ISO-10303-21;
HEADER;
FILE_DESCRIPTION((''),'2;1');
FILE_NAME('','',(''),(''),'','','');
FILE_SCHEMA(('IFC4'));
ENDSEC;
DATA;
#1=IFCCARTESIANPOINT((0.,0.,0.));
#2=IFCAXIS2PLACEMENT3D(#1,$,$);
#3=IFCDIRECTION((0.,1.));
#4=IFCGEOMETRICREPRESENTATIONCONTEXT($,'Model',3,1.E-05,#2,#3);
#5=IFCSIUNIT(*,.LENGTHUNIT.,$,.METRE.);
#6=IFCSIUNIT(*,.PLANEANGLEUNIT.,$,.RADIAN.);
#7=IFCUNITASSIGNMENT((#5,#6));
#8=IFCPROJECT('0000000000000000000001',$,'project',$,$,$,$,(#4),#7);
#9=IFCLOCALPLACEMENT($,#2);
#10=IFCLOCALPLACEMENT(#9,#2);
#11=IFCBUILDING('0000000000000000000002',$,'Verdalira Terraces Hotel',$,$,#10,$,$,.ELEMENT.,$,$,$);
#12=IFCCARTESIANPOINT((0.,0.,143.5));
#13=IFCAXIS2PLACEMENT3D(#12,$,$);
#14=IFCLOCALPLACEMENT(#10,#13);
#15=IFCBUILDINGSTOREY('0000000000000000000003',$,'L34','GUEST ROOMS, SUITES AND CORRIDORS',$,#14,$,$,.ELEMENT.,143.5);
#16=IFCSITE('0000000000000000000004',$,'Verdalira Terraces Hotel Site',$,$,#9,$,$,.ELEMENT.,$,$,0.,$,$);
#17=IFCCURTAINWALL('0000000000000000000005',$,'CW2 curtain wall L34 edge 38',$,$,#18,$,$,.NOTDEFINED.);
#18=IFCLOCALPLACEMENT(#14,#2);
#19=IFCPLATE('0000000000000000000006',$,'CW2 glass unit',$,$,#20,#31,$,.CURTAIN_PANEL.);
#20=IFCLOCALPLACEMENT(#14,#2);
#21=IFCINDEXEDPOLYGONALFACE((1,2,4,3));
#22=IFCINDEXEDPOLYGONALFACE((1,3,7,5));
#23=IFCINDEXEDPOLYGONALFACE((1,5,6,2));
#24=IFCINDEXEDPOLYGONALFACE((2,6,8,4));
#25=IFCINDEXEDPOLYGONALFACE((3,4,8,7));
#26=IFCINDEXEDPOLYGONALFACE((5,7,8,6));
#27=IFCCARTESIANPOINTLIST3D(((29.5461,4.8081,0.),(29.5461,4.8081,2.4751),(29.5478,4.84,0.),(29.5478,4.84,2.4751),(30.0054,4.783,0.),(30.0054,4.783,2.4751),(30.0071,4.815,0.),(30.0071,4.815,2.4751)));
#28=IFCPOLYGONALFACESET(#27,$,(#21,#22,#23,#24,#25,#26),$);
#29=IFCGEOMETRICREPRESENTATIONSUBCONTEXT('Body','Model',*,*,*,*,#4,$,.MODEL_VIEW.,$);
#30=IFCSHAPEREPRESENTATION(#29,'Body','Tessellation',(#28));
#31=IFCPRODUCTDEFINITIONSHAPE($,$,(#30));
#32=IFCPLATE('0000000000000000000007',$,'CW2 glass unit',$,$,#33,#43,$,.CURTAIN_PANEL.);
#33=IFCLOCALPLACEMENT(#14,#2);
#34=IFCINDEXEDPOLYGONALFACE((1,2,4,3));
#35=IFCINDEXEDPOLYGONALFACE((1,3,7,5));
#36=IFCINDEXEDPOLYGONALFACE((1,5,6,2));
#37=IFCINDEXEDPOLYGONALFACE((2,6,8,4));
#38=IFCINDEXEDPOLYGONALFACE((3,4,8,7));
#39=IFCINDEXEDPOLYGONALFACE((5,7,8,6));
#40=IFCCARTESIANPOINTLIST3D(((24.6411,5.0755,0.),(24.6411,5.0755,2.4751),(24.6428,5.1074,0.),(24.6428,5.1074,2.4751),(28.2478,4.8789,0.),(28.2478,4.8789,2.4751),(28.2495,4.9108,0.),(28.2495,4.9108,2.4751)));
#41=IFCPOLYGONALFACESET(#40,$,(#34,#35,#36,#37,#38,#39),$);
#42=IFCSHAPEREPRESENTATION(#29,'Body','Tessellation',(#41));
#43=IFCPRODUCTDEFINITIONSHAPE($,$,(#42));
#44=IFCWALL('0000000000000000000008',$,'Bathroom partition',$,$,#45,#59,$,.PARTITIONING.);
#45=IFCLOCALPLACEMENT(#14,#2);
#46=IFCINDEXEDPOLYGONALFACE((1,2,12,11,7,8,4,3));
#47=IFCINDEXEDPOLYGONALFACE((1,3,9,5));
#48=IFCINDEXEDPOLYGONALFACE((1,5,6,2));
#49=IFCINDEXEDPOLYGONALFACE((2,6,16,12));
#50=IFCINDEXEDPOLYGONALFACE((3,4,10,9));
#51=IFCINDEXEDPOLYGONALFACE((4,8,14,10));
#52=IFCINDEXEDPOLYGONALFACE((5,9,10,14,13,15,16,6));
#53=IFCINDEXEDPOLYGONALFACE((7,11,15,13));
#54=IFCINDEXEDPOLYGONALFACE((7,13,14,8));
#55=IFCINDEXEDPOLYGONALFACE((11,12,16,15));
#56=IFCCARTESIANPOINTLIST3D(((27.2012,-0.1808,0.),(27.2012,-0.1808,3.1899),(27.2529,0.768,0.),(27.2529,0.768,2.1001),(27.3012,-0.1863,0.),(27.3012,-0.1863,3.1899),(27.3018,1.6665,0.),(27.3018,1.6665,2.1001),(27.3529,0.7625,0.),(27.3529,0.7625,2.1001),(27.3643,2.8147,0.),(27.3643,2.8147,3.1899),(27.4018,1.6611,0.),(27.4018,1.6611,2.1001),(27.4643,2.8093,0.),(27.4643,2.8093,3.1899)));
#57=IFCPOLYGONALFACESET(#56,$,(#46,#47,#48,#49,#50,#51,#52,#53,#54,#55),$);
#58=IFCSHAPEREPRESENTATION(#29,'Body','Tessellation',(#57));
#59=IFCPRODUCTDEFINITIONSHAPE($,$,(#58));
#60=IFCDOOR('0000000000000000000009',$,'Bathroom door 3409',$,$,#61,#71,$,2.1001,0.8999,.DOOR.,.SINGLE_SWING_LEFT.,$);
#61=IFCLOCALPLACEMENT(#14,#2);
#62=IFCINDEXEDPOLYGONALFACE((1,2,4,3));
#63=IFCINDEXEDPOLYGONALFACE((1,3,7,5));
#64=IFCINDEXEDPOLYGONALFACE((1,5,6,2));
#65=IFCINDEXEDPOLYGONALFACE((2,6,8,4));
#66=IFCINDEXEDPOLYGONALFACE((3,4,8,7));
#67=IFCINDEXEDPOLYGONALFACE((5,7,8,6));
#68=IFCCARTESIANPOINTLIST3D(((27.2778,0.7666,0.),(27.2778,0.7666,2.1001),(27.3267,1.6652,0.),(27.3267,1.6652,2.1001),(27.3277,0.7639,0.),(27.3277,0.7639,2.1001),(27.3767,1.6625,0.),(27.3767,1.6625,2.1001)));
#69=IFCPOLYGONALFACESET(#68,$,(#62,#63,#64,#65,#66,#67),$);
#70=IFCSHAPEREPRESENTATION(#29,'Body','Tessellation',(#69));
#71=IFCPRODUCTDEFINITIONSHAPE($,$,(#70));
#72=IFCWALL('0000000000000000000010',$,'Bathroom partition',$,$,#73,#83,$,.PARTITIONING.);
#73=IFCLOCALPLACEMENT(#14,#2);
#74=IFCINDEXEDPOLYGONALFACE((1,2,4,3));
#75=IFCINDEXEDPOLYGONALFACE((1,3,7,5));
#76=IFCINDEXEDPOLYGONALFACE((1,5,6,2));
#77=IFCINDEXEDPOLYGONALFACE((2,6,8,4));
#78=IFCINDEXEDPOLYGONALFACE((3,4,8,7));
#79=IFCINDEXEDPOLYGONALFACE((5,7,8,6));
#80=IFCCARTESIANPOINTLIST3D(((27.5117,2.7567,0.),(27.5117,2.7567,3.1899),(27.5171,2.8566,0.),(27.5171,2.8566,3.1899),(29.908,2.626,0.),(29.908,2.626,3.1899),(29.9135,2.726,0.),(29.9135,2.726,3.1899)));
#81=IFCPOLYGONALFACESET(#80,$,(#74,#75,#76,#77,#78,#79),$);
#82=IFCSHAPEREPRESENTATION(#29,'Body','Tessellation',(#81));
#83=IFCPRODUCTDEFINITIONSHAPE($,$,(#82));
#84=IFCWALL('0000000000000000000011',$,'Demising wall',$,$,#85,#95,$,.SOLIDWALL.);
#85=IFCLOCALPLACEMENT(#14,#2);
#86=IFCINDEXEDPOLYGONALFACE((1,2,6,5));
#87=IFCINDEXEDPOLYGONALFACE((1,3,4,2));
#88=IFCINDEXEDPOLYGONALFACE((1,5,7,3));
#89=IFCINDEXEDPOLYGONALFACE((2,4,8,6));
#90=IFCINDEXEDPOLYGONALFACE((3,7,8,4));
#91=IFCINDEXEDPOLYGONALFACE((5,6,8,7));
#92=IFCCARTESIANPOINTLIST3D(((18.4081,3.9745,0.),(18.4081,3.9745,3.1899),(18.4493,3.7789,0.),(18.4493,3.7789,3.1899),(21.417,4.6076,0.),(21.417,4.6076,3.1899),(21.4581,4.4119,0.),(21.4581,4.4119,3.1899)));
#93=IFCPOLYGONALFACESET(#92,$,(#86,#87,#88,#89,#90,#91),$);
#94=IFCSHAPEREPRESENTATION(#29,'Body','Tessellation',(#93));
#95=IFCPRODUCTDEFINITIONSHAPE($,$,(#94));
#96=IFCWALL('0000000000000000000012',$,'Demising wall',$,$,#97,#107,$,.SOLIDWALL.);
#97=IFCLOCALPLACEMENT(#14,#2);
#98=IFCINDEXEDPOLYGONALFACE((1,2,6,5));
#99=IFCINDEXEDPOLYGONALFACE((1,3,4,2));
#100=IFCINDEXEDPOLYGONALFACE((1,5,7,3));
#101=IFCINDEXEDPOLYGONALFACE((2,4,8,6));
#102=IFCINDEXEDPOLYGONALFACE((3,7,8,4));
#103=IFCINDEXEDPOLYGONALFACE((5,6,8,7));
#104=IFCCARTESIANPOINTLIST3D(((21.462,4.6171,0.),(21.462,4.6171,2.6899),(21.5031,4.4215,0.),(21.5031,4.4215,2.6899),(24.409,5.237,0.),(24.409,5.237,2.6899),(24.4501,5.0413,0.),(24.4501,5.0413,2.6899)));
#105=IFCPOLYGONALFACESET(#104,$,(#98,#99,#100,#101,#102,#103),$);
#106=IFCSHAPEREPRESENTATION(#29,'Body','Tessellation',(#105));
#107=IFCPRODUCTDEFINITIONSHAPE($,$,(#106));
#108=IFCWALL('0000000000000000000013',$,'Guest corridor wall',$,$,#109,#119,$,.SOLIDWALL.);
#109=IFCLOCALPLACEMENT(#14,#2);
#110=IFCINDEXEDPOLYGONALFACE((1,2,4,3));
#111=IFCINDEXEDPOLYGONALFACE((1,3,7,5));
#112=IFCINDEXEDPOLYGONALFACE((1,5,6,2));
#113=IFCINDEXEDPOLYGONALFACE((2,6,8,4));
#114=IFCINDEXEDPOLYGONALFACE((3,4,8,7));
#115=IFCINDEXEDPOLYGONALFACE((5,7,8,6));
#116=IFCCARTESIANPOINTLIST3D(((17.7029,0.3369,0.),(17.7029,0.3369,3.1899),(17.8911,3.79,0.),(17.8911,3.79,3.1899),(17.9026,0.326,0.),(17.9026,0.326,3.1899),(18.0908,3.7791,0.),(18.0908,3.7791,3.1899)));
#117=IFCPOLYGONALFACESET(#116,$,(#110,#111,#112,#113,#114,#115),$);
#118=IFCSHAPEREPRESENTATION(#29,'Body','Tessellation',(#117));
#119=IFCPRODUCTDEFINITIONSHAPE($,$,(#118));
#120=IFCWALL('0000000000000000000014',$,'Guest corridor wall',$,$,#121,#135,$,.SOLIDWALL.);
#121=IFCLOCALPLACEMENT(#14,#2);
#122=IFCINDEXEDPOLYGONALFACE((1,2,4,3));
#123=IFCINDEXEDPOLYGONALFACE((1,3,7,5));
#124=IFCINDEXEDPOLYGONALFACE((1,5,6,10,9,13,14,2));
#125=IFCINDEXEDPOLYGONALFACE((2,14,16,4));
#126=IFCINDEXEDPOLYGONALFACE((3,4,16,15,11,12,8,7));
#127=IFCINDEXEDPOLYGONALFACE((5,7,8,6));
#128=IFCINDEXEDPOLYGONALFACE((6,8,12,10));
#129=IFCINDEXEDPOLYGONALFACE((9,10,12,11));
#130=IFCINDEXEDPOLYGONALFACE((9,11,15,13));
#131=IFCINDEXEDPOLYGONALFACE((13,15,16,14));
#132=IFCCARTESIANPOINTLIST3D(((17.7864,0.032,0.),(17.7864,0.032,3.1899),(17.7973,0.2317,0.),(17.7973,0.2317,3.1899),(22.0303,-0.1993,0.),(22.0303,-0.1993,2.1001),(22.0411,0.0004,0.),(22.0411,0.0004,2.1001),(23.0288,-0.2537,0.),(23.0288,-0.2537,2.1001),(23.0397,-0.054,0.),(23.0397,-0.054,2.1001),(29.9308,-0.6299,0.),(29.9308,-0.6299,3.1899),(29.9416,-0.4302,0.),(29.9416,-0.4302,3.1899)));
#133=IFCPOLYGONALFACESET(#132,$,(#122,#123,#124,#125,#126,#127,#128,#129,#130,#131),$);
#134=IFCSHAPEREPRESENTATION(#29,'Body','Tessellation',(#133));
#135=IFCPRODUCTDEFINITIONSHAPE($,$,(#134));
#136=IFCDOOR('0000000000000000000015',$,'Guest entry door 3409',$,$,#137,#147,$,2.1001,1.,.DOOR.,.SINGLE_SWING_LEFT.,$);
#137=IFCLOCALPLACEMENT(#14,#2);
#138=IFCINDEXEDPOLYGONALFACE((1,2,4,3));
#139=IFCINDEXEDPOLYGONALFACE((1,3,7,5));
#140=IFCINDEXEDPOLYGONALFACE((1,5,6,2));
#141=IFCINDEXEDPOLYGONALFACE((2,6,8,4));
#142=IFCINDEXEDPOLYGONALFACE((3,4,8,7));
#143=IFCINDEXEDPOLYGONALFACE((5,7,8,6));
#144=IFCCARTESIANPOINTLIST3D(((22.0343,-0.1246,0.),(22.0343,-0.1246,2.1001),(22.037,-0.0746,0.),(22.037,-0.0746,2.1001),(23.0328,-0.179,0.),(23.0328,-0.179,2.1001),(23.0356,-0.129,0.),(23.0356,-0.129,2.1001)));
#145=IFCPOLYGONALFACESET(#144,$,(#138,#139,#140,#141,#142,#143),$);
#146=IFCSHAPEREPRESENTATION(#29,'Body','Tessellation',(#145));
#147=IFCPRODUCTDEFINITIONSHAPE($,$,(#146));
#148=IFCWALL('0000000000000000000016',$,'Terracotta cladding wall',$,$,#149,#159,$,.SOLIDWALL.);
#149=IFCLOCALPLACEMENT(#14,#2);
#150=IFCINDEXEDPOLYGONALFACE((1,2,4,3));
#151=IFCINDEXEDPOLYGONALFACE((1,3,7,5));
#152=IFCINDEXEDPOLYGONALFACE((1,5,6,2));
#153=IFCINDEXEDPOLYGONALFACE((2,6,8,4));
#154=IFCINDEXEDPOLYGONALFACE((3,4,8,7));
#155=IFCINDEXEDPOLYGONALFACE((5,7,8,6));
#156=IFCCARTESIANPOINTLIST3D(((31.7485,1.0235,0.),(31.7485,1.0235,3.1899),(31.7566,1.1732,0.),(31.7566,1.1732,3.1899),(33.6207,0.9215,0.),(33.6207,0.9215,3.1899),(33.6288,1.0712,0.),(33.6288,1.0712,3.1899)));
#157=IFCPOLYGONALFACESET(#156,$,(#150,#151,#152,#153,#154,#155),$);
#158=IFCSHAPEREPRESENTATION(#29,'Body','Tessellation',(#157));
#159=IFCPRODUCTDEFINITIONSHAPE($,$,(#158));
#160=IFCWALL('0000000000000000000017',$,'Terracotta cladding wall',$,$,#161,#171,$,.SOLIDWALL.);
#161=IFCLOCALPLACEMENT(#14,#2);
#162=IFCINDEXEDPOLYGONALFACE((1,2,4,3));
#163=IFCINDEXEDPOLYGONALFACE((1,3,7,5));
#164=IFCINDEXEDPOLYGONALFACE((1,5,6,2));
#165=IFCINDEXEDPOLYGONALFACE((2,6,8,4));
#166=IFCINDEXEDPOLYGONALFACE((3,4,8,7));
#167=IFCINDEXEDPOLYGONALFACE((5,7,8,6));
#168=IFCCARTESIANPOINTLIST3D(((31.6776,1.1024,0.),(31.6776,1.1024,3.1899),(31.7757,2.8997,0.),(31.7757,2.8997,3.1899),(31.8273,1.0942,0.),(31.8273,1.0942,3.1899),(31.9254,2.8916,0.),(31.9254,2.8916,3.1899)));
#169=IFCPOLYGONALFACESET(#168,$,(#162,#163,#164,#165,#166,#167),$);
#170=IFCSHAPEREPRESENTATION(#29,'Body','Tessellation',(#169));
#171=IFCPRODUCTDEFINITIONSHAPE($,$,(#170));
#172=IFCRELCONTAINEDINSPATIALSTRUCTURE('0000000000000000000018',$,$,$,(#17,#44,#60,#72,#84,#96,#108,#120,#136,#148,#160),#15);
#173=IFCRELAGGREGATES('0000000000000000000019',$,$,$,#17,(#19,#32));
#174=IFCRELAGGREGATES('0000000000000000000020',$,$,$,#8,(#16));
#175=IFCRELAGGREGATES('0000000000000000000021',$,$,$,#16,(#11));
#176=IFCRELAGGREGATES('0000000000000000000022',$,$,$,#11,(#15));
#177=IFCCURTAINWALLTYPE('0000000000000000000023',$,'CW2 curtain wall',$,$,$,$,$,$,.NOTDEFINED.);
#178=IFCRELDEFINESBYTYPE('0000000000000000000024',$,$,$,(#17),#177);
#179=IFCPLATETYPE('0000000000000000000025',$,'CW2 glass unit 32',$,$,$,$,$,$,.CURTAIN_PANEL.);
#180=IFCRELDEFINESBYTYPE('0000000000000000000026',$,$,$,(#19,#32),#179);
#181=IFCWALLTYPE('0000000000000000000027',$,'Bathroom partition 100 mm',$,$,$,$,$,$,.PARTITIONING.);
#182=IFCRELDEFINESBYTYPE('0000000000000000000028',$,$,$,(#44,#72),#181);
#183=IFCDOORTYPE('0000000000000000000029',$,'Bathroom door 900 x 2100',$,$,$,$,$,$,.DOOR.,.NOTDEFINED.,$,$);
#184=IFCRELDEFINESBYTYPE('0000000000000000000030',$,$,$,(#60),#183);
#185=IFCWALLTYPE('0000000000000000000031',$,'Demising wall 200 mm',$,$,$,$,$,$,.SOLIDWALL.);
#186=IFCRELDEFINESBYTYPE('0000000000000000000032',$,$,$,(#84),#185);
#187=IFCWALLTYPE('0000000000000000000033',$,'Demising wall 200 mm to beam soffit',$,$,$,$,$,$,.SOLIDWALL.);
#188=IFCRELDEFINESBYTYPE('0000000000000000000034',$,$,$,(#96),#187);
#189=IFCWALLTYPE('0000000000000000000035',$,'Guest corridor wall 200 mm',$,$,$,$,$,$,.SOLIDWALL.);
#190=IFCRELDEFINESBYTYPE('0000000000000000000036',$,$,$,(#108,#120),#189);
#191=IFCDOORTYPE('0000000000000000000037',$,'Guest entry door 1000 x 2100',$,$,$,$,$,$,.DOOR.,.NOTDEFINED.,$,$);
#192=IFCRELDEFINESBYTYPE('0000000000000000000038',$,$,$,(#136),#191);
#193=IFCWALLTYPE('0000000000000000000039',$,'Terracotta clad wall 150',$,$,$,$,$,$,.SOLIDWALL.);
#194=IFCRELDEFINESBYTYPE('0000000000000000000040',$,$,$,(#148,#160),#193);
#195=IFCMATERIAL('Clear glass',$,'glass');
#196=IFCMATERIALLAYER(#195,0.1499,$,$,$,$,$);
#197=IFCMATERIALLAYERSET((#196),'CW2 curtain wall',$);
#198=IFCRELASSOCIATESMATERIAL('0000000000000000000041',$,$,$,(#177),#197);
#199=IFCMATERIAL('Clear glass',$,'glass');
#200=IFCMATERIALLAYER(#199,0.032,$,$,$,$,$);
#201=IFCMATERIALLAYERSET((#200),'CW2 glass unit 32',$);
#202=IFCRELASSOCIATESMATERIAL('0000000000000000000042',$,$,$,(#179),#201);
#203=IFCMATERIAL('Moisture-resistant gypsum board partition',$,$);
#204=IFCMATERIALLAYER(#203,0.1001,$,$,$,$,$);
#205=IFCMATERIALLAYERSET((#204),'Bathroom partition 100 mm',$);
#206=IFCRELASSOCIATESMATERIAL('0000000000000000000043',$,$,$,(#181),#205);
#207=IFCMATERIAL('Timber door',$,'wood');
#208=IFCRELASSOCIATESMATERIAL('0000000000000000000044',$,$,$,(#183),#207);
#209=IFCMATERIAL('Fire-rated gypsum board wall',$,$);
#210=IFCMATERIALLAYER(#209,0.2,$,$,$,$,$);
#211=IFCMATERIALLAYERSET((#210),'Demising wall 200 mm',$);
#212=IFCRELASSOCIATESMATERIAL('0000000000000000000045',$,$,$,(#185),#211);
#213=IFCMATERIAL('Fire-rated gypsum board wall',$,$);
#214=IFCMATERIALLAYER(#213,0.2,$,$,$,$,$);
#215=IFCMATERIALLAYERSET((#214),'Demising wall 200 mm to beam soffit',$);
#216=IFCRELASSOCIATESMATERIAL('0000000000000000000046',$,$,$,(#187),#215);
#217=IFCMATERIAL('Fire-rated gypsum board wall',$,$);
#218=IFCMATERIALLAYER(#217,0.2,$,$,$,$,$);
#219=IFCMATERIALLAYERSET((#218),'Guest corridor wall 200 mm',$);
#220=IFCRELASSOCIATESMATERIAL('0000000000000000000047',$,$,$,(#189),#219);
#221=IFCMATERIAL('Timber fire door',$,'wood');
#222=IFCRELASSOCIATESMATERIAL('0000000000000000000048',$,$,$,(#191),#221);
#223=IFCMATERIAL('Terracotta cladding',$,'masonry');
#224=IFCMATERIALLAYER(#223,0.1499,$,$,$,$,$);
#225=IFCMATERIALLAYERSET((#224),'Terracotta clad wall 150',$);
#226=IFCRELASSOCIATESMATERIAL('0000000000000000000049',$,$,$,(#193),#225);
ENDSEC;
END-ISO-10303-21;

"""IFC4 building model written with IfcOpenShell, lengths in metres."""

from ifc_helpers import new_model, si_unit, direction, frame, frame_2d, origin, origin_2d, place, context, subcontext, project, spatial, rectangle, extrude, material, layer, layer_set, type_object, element, fill, aggregate, save


model = new_model("IFC4")

# Units and contexts
model_context = context("Model", 3, precision=1e-05, world=origin(), true_north=direction((0.0, 1.0)))
body_context = subcontext(model_context, "Body", "Model", "MODEL_VIEW")
ifc_project = project(units=[si_unit("LENGTHUNIT", "METRE"), si_unit("PLANEANGLEUNIT", "RADIAN")], contexts=[model_context])

# Site, building, storey
site_placement = place(None, origin())
site = spatial("IfcSite", under=ifc_project, at=site_placement, Name="Verdalira Terraces Hotel Site", CompositionType="ELEMENT", RefElevation=0.0)
building_placement = place(site_placement, origin())
building = spatial("IfcBuilding", under=site, at=building_placement, Name="Verdalira Terraces Hotel", CompositionType="ELEMENT")
storey_placement = place(building_placement, frame((0.0, 0.0, 143.5)))
storey = spatial("IfcBuildingStorey", under=building, at=storey_placement, Name="L34", Description="GUEST ROOMS, SUITES AND CORRIDORS", CompositionType="ELEMENT", Elevation=143.5)

# Curtain wall
ifc_material_1 = material(Name="Clear glass", Category="glass")
ifc_layer_1 = layer(ifc_material_1, 0.1499)
ifc_layer_set_1 = layer_set([ifc_layer_1], Name="CW2 curtain wall")
curtain_wall_type_1 = type_object("IfcCurtainWallType", Name="CW2 curtain wall", PredefinedType="NOTDEFINED", material=ifc_layer_set_1)
curtain_wall_1_placement = place(storey_placement, origin())
curtain_wall_1 = element("IfcCurtainWall", 1, at=curtain_wall_1_placement, inside=storey, type_object=curtain_wall_type_1, Name="CW2 curtain wall L34 edge 38", PredefinedType="NOTDEFINED")

# Plates
ifc_material_2 = material(Name="Clear glass", Category="glass")
ifc_layer_2 = layer(ifc_material_2, 0.032)
ifc_layer_set_2 = layer_set([ifc_layer_2], Name="CW2 glass unit 32")
plate_type = type_object("IfcPlateType", Name="CW2 glass unit 32", PredefinedType="CURTAIN_PANEL", material=ifc_layer_set_2)
plate_1_placement = place(storey_placement, frame((29.7766, 4.8115, 0.0), z_axis=(0.0, 0.0, 1.0), x_axis=(-0.998518, 0.054427, 0.0)))
plate_1 = element("IfcPlate", 2, at=plate_1_placement, type_object=plate_type, Name="CW2 glass unit", PredefinedType="CURTAIN_PANEL", context=body_context, shape_type="SweptSolid", body=[
    extrude(rectangle(XDim=0.46, YDim=0.032, at=origin_2d()), origin(), (0.0, 0.0, 1.0), 2.4751),
])
plate_2_placement = place(storey_placement, frame((26.4453, 4.9932, 0.0), z_axis=(0.0, 0.0, 1.0), x_axis=(-0.998518, 0.054427, 0.0)))
plate_2 = element("IfcPlate", 3, at=plate_2_placement, type_object=plate_type, Name="CW2 glass unit", PredefinedType="CURTAIN_PANEL", context=body_context, shape_type="SweptSolid", body=[
    extrude(rectangle(XDim=3.6121, YDim=0.032, at=origin_2d()), origin(), (0.0, 0.0, 1.0), 2.4751),
])
aggregate(curtain_wall_1, [plate_1, plate_2])

# Wall, opening, door
ifc_material_3 = material(Name="Moisture-resistant gypsum board partition")
ifc_layer_3 = layer(ifc_material_3, 0.1001)
ifc_layer_set_3 = layer_set([ifc_layer_3], Name="Bathroom partition 100 mm")
wall_type_1 = type_object("IfcWallType", Name="Bathroom partition 100 mm", PredefinedType="PARTITIONING", material=ifc_layer_set_3)
wall_1_placement = place(storey_placement, frame((27.4143, 2.812, 0.0), z_axis=(0.0, 0.0, 1.0), x_axis=(-0.054361, -0.998521, 0.0)))
wall_1 = element("IfcWall", 4, at=wall_1_placement, inside=storey, type_object=wall_type_1, Name="Bathroom partition", PredefinedType="PARTITIONING", context=body_context, shape_type="SweptSolid", body=[
    extrude(rectangle(XDim=3.0, YDim=0.1001, at=frame_2d((1.5, 0.0))), origin(), (0.0, 0.0, 1.0), 3.1899),
])
opening_1_placement = place(wall_1_placement, frame((1.1499, 0.0, 0.0)))
opening_1 = element("IfcOpeningElement", 5, at=opening_1_placement, cuts=wall_1, PredefinedType="OPENING", context=body_context, shape_type="SweptSolid", body=[
    extrude(rectangle(XDim=0.8999, YDim=2.1001, at=frame_2d((0.45, 1.05))), frame((0.0, 0.0601, 0.0), z_axis=(0.0, -1.0, 0.0), x_axis=(1.0, 0.0, 0.0)), (0.0, 0.0, 1.0), 0.1201),
])
ifc_material_4 = material(Name="Timber door", Category="wood")
door_type_1 = type_object("IfcDoorType", Name="Bathroom door 900 x 2100", OperationType="NOTDEFINED", PredefinedType="DOOR", material=ifc_material_4)
door_1_placement = place(opening_1_placement, origin())
door_1 = element("IfcDoor", 6, at=door_1_placement, inside=storey, type_object=door_type_1, Name="Bathroom door 3409", OperationType="SINGLE_SWING_LEFT", OverallHeight=2.1001, OverallWidth=0.8999, PredefinedType="DOOR", context=body_context, shape_type="SweptSolid", body=[
    extrude(rectangle(XDim=0.8999, YDim=2.1001, at=frame_2d((0.45, 1.05))), frame((0.0, 0.0249, 0.0), z_axis=(0.0, -1.0, 0.0), x_axis=(1.0, 0.0, 0.0)), (0.0, 0.0, 1.0), 0.05),
])
fill(opening_1, door_1)

# Walls
wall_2_placement = place(storey_placement, frame((27.5144, 2.8066, 0.0), z_axis=(0.0, 0.0, 1.0), x_axis=(0.998518, -0.054428, 0.0)))
element("IfcWall", 7, at=wall_2_placement, inside=storey, type_object=wall_type_1, Name="Bathroom partition", PredefinedType="PARTITIONING", context=body_context, shape_type="SweptSolid", body=[
    extrude(rectangle(XDim=2.3999, YDim=0.1001, at=frame_2d((1.2, 0.0))), origin(), (0.0, 0.0, 1.0), 3.1899),
])
ifc_material_5 = material(Name="Fire-rated gypsum board wall")
ifc_layer_4 = layer(ifc_material_5, 0.2)
ifc_layer_set_4 = layer_set([ifc_layer_4], Name="Demising wall 200 mm")
wall_type_2 = type_object("IfcWallType", Name="Demising wall 200 mm", PredefinedType="SOLIDWALL", material=ifc_layer_set_4)
wall_3_placement = place(storey_placement, frame((18.4287, 3.8767, 0.0), z_axis=(0.0, 0.0, 1.0), x_axis=(0.978574, 0.205894, 0.0)))
element("IfcWall", 8, at=wall_3_placement, inside=storey, type_object=wall_type_2, Name="Demising wall", PredefinedType="SOLIDWALL", context=body_context, shape_type="SweptSolid", body=[
    extrude(rectangle(XDim=3.0747, YDim=0.2, at=frame_2d((1.5374, 0.0))), origin(), (0.0, 0.0, 1.0), 3.1899),
])
ifc_material_6 = material(Name="Fire-rated gypsum board wall")
ifc_layer_5 = layer(ifc_material_6, 0.2)
ifc_layer_set_5 = layer_set([ifc_layer_5], Name="Demising wall 200 mm to beam soffit")
wall_type_3 = type_object("IfcWallType", Name="Demising wall 200 mm to beam soffit", PredefinedType="SOLIDWALL", material=ifc_layer_set_5)
wall_4_placement = place(storey_placement, frame((21.4824, 4.5193, 0.0), z_axis=(0.0, 0.0, 1.0), x_axis=(0.978587, 0.205835, 0.0)))
element("IfcWall", 9, at=wall_4_placement, inside=storey, type_object=wall_type_3, Name="Demising wall", PredefinedType="SOLIDWALL", context=body_context, shape_type="SweptSolid", body=[
    extrude(rectangle(XDim=3.0115, YDim=0.2, at=frame_2d((1.5059, 0.0))), origin(), (0.0, 0.0, 1.0), 2.6899),
])
ifc_material_7 = material(Name="Fire-rated gypsum board wall")
ifc_layer_6 = layer(ifc_material_7, 0.2)
ifc_layer_set_6 = layer_set([ifc_layer_6], Name="Guest corridor wall 200 mm")
wall_type_4 = type_object("IfcWallType", Name="Guest corridor wall 200 mm", PredefinedType="SOLIDWALL", material=ifc_layer_set_6)
wall_5_placement = place(storey_placement, frame((17.8027, 0.3315, 0.0), z_axis=(0.0, 0.0, 1.0), x_axis=(0.05443, 0.998518, 0.0)))
element("IfcWall", 10, at=wall_5_placement, inside=storey, type_object=wall_type_4, Name="Guest corridor wall", PredefinedType="SOLIDWALL", context=body_context, shape_type="SweptSolid", body=[
    extrude(rectangle(XDim=3.4583, YDim=0.2, at=frame_2d((1.729, 0.0))), origin(), (0.0, 0.0, 1.0), 3.1899),
])

# Wall, opening, door
wall_6_placement = place(storey_placement, frame((17.792, 0.1318, 0.0), z_axis=(0.0, 0.0, 1.0), x_axis=(0.998518, -0.054419, 0.0)))
wall_6 = element("IfcWall", 11, at=wall_6_placement, inside=storey, type_object=wall_type_4, Name="Guest corridor wall", PredefinedType="SOLIDWALL", context=body_context, shape_type="SweptSolid", body=[
    extrude(rectangle(XDim=12.1624, YDim=0.2, at=frame_2d((6.0811, 0.0))), origin(), (0.0, 0.0, 1.0), 3.1899),
])
opening_2_placement = place(wall_6_placement, frame((4.25, 0.0, 0.0)))
opening_2 = element("IfcOpeningElement", 12, at=opening_2_placement, cuts=wall_6, PredefinedType="OPENING", context=body_context, shape_type="SweptSolid", body=[
    extrude(rectangle(XDim=1.0, YDim=2.1001, at=frame_2d((0.5, 1.05))), frame((0.0, 0.1099, 0.0), z_axis=(0.0, -1.0, 0.0), x_axis=(1.0, 0.0, 0.0)), (0.0, 0.0, 1.0), 0.22),
])
ifc_material_8 = material(Name="Timber fire door", Category="wood")
door_type_2 = type_object("IfcDoorType", Name="Guest entry door 1000 x 2100", OperationType="NOTDEFINED", PredefinedType="DOOR", material=ifc_material_8)
door_2_placement = place(opening_2_placement, origin())
door_2 = element("IfcDoor", 13, at=door_2_placement, inside=storey, type_object=door_type_2, Name="Guest entry door 3409", OperationType="SINGLE_SWING_LEFT", OverallHeight=2.1001, OverallWidth=1.0, PredefinedType="DOOR", context=body_context, shape_type="SweptSolid", body=[
    extrude(rectangle(XDim=1.0, YDim=2.1001, at=frame_2d((0.5, 1.05))), frame((0.0, 0.0249, 0.0), z_axis=(0.0, -1.0, 0.0), x_axis=(1.0, 0.0, 0.0)), (0.0, 0.0, 1.0), 0.05),
])
fill(opening_2, door_2)

# Walls
ifc_material_9 = material(Name="Terracotta cladding", Category="masonry")
ifc_layer_7 = layer(ifc_material_9, 0.1499)
ifc_layer_set_7 = layer_set([ifc_layer_7], Name="Terracotta clad wall 150")
wall_type_5 = type_object("IfcWallType", Name="Terracotta clad wall 150", PredefinedType="SOLIDWALL", material=ifc_layer_set_7)
wall_7_placement = place(storey_placement, frame((33.6248, 0.9963, 0.0), z_axis=(0.0, 0.0, 1.0), x_axis=(-0.998518, 0.054424, 0.0)))
element("IfcWall", 14, at=wall_7_placement, inside=storey, type_object=wall_type_5, Name="Terracotta cladding wall", PredefinedType="SOLIDWALL", context=body_context, shape_type="SweptSolid", body=[
    extrude(rectangle(XDim=1.875, YDim=0.1499, at=frame_2d((0.9375, 0.0))), origin(), (0.0, 0.0, 1.0), 3.1899),
])
wall_8_placement = place(storey_placement, frame((31.7524, 1.0984, 0.0), z_axis=(0.0, 0.0, 1.0), x_axis=(0.054524, 0.998512, 0.0)))
element("IfcWall", 15, at=wall_8_placement, inside=storey, type_object=wall_type_5, Name="Terracotta cladding wall", PredefinedType="SOLIDWALL", context=body_context, shape_type="SweptSolid", body=[
    extrude(rectangle(XDim=1.8, YDim=0.1499, at=frame_2d((0.8999, 0.0))), origin(), (0.0, 0.0, 1.0), 3.1899),
])

save(model, "model.ifc")
